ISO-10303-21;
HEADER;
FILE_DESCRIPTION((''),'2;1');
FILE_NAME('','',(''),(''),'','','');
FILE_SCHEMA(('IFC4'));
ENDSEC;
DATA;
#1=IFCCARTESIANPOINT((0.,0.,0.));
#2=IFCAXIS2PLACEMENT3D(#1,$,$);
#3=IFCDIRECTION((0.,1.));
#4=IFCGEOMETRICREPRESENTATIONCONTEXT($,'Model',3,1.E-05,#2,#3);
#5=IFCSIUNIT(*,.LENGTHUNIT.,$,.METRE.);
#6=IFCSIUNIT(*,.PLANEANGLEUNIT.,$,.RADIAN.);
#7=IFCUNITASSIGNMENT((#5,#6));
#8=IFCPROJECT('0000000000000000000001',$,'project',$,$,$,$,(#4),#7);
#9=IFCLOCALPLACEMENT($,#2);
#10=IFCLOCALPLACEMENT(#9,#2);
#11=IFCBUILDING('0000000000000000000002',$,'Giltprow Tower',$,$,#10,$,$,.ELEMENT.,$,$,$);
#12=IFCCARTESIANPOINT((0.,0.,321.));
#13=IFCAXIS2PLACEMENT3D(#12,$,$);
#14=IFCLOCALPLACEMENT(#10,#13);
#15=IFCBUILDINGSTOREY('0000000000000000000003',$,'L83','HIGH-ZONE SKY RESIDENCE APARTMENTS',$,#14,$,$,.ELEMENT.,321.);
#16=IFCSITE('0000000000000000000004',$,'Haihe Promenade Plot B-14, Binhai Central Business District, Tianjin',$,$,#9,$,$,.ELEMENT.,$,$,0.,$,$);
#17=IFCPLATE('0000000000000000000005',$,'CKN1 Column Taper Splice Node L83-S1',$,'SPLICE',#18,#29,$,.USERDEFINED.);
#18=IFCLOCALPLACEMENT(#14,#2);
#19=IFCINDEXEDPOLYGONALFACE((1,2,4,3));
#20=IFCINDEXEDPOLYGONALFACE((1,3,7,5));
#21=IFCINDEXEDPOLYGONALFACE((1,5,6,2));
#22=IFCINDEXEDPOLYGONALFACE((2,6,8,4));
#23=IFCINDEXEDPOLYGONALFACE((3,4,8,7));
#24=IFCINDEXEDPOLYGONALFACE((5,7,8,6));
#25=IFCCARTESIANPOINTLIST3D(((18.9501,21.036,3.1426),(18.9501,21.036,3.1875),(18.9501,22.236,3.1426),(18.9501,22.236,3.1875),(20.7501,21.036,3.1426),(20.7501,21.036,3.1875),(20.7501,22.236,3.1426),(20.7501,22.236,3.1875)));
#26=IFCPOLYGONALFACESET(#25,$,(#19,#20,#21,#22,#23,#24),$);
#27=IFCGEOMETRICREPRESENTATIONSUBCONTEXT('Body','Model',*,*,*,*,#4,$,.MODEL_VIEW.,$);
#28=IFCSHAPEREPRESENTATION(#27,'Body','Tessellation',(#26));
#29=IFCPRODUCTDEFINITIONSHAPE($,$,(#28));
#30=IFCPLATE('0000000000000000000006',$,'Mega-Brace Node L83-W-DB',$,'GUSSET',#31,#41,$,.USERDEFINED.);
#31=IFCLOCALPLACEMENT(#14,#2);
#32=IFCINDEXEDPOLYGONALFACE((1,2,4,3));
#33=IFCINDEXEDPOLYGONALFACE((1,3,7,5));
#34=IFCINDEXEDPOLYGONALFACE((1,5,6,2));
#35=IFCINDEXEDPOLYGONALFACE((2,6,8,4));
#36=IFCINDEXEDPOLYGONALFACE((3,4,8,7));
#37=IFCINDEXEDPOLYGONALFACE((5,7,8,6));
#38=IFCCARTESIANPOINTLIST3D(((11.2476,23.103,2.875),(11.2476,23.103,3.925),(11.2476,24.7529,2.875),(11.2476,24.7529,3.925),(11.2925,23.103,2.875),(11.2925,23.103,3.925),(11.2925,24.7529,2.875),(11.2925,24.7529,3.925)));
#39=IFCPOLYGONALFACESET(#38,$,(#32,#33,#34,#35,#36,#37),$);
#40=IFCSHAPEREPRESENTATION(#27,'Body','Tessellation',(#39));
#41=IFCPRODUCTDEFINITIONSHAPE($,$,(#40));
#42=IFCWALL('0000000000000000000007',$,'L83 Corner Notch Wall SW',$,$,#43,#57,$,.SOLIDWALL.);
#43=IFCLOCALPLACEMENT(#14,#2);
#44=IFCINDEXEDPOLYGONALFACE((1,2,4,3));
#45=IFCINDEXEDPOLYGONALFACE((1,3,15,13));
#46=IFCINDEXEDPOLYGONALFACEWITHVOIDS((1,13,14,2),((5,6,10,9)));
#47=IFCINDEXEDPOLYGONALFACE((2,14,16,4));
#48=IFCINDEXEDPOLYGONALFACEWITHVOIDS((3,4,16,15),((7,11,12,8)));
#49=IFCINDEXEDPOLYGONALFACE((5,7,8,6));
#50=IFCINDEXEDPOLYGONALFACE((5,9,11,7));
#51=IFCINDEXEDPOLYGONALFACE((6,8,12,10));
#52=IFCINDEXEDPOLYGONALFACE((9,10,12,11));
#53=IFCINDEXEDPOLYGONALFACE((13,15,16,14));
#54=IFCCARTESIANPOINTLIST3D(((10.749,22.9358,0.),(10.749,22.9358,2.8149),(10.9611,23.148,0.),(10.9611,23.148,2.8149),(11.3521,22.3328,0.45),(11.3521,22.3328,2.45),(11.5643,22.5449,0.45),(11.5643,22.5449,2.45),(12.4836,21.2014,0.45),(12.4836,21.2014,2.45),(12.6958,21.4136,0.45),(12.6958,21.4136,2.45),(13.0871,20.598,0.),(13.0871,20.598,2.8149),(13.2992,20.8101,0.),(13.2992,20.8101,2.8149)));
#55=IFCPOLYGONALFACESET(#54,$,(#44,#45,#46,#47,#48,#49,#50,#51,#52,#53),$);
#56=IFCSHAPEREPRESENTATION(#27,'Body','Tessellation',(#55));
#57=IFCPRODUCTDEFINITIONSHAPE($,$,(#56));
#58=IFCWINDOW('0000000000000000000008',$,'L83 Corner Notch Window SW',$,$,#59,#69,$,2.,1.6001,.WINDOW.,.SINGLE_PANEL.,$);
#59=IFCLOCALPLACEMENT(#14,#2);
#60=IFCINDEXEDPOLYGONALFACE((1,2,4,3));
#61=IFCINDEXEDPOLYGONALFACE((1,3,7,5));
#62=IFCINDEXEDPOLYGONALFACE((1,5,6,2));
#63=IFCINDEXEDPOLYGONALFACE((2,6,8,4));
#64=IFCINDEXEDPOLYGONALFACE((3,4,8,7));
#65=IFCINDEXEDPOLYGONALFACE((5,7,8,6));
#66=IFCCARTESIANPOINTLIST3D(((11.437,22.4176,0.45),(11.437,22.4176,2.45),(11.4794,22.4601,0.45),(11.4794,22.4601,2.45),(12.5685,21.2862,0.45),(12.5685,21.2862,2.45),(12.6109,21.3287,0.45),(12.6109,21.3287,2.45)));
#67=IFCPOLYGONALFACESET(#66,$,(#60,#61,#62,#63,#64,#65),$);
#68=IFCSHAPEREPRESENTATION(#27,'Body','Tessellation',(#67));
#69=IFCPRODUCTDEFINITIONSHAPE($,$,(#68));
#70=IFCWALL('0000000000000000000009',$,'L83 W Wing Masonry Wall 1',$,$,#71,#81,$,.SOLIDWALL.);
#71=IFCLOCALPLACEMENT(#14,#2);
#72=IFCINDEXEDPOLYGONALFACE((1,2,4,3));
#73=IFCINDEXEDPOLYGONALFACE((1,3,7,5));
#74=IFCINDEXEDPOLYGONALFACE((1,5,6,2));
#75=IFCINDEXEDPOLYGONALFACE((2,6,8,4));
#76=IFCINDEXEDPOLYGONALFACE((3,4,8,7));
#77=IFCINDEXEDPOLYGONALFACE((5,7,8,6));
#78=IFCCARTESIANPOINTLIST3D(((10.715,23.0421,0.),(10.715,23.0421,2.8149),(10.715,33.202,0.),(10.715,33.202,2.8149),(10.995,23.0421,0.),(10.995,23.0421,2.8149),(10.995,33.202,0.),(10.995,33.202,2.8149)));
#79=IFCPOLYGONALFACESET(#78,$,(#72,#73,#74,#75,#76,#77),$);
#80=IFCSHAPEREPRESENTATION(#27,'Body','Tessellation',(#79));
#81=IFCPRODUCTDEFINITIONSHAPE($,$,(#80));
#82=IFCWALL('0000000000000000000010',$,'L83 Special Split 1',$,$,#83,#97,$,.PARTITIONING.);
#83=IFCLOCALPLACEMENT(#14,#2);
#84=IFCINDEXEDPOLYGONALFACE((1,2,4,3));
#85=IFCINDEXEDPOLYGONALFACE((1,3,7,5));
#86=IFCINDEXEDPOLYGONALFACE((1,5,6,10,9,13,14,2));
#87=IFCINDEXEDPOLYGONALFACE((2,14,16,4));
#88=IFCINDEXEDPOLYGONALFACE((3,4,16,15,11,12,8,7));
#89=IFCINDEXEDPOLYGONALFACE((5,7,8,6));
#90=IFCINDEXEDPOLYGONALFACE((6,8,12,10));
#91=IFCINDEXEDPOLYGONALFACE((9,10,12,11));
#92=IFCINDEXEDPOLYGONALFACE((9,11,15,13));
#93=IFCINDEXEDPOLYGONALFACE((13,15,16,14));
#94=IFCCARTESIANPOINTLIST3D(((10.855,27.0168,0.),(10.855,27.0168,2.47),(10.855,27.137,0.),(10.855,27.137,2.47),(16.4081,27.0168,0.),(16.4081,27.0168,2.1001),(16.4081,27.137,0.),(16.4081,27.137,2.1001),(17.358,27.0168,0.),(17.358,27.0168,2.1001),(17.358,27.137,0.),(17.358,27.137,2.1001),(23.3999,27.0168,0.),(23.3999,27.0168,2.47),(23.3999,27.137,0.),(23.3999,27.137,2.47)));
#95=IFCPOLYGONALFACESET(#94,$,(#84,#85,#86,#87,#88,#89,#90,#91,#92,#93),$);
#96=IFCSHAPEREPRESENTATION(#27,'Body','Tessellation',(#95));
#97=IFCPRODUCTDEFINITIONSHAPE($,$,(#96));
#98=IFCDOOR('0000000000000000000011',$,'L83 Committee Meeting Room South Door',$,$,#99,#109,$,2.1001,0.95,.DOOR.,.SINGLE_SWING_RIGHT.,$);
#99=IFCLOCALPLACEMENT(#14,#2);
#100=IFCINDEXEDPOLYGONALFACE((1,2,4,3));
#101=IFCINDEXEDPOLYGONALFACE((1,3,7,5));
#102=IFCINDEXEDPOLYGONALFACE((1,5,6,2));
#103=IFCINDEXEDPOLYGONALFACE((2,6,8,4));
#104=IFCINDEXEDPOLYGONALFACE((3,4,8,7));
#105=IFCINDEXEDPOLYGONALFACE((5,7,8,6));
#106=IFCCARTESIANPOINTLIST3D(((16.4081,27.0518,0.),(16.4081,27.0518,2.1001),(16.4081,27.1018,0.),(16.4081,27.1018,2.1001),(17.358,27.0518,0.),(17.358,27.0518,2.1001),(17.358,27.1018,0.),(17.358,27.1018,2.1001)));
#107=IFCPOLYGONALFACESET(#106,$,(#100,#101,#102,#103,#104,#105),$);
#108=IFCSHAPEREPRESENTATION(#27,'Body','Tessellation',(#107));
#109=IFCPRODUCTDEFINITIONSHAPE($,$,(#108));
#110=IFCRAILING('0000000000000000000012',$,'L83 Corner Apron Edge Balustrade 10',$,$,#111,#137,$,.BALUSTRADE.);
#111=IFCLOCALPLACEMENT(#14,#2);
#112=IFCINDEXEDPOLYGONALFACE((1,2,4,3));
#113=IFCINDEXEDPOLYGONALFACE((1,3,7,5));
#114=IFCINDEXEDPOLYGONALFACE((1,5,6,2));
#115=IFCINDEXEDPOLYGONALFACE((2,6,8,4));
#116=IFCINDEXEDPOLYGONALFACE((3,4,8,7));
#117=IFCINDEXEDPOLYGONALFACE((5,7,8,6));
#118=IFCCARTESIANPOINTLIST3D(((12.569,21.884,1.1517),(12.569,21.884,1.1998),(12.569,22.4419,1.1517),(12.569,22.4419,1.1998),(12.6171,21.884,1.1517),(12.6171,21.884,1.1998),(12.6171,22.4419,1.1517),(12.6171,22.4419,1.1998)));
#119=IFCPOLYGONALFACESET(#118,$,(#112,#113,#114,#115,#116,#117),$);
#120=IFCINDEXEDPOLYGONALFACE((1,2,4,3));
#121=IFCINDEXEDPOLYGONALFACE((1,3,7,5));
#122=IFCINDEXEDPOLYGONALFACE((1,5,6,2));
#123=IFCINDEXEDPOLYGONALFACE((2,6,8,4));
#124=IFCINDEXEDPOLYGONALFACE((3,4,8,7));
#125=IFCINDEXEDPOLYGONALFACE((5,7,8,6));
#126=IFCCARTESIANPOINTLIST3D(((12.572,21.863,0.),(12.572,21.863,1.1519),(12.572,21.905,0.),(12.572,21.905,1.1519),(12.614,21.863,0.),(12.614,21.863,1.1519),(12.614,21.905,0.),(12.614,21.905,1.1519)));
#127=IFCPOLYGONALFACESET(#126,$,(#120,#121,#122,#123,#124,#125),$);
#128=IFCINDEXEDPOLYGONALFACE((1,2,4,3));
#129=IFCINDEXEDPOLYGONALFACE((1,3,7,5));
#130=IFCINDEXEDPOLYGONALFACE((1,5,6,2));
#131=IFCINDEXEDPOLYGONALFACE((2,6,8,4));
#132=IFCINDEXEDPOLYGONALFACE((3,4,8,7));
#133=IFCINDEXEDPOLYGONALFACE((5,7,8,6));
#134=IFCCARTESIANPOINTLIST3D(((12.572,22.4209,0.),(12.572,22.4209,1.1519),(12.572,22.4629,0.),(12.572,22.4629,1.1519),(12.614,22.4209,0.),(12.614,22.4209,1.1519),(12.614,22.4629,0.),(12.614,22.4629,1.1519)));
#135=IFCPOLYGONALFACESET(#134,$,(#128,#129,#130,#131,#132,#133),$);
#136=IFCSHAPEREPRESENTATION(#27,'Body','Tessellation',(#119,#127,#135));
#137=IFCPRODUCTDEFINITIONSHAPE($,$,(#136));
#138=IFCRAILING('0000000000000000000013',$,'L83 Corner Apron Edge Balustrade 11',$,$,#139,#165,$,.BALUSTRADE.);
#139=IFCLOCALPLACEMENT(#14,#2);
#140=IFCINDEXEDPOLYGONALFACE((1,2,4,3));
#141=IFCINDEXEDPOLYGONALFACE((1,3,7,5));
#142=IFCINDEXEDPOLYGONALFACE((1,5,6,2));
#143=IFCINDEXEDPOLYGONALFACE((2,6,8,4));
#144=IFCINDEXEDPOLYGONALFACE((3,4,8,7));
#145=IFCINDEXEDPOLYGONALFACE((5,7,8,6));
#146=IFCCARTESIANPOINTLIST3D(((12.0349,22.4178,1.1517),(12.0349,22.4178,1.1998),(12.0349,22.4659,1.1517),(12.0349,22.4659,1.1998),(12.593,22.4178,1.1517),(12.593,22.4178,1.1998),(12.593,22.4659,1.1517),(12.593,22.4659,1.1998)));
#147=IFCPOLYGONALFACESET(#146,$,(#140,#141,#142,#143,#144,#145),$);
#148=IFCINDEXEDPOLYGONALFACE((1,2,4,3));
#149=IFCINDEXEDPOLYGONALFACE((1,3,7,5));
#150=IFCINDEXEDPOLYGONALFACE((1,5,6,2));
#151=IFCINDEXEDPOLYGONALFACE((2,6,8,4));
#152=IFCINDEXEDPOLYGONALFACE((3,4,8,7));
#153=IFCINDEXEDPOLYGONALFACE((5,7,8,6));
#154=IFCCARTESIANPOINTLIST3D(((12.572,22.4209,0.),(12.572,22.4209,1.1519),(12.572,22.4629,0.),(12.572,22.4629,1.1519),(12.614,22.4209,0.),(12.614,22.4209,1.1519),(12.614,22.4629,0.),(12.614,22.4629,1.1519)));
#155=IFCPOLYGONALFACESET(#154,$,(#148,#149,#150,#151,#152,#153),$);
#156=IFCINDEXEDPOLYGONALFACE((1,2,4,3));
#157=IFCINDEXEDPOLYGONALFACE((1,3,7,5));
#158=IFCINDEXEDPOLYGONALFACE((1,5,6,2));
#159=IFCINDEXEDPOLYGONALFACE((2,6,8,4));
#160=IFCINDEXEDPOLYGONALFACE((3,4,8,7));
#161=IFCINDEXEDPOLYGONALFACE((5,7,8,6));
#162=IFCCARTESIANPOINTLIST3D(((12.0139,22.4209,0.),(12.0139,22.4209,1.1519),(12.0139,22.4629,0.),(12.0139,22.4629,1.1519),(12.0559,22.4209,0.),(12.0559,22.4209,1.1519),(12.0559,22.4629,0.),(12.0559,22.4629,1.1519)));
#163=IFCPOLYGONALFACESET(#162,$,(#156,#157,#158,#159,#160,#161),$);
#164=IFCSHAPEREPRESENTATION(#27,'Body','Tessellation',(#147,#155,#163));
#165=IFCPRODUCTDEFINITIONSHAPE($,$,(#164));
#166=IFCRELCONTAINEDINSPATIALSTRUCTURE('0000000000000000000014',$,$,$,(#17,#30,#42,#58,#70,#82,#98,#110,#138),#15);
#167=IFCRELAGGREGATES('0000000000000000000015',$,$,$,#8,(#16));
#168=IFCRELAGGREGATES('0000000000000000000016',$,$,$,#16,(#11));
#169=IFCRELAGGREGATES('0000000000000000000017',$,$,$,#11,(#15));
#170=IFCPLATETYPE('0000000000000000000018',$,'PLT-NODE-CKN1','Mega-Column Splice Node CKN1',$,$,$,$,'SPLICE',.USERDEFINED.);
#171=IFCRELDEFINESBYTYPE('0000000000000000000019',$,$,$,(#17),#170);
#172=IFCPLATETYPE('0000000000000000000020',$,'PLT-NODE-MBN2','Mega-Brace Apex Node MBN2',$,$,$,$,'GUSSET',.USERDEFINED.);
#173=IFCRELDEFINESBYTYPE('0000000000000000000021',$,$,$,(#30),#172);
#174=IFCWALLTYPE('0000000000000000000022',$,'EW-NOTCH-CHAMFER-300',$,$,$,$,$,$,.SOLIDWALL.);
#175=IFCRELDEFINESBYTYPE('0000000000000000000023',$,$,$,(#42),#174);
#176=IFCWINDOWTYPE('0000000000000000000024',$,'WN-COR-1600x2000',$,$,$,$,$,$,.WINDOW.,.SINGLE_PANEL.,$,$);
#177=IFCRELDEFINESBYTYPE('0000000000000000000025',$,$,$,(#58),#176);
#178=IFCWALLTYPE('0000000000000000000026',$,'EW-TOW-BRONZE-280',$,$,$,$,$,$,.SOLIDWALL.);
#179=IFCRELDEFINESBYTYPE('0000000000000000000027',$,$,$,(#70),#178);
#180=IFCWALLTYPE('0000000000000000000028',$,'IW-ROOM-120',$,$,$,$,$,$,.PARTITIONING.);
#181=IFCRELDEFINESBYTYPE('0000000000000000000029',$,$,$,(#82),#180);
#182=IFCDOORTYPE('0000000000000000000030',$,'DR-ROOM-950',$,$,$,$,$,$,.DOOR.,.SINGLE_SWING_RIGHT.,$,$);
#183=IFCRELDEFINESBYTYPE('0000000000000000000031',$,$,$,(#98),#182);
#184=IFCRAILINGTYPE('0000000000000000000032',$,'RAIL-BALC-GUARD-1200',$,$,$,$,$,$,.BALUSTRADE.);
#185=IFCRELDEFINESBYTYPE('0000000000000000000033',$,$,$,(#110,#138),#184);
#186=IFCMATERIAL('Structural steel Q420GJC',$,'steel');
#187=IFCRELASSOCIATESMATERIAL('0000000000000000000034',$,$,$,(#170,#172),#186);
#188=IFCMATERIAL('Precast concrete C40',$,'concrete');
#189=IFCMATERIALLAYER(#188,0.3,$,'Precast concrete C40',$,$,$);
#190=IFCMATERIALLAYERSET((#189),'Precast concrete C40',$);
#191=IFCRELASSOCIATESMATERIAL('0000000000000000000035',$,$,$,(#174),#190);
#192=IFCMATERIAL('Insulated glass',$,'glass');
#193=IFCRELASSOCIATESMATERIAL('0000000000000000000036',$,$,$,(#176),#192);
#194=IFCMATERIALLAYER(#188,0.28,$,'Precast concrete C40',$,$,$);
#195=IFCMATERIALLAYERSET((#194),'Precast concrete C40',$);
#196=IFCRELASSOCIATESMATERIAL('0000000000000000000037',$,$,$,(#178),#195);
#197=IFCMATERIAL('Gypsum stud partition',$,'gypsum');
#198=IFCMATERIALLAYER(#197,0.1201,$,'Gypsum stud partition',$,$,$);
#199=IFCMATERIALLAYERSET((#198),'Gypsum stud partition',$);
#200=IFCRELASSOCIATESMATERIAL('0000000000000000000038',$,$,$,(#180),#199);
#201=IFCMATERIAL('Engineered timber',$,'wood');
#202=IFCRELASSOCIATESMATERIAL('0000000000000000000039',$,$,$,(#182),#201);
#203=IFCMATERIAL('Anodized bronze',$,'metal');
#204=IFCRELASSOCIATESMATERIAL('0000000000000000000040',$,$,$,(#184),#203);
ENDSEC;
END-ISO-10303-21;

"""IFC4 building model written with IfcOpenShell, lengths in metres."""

from ifc_helpers import new_model, si_unit, direction, frame, frame_2d, origin, origin_2d, place, context, subcontext, project, spatial, rectangle, extrude, source, transform, mapped, material, layer, layer_set, type_object, element, fill, save


model = new_model("IFC4")

# Units and contexts
model_context = context("Model", 3, precision=1e-05, world=origin(), true_north=direction((0.0, 1.0)))
body_context = subcontext(model_context, "Body", "Model", "MODEL_VIEW")
ifc_project = project(units=[si_unit("LENGTHUNIT", "METRE"), si_unit("PLANEANGLEUNIT", "RADIAN")], contexts=[model_context])

# Site, building, storey
site_placement = place(None, origin())
site = spatial("IfcSite", under=ifc_project, at=site_placement, Name="Haihe Promenade Plot B-14, Binhai Central Business District, Tianjin", CompositionType="ELEMENT", RefElevation=0.0)
building_placement = place(site_placement, origin())
building = spatial("IfcBuilding", under=site, at=building_placement, Name="Giltprow Tower", CompositionType="ELEMENT")
storey_placement = place(building_placement, frame((0.0, 0.0, 321.0)))
storey = spatial("IfcBuildingStorey", under=building, at=storey_placement, Name="L83", Description="HIGH-ZONE SKY RESIDENCE APARTMENTS", CompositionType="ELEMENT", Elevation=321.0)

# Shared definitions
ifc_material_1 = material(Name="Structural steel Q420GJC", Category="steel")

# Plates
plate_type_1 = type_object("IfcPlateType", Name="PLT-NODE-CKN1", Description="Mega-Column Splice Node CKN1", ElementType="SPLICE", PredefinedType="USERDEFINED", material=ifc_material_1)
shared_shape_1 = source(origin(), body_context, "Body", "SweptSolid", [
    extrude(rectangle(XDim=1.8, YDim=1.2, at=origin_2d()), origin(), (0.0, 0.0, 1.0), 0.0449),
])
for number, where, z_axis, x_axis, name in (
    (1, (19.8501, 21.636, 3.1426), (0.0, 0.0, 1.0), (1.0, 0.0, 0.0), "CKN1 Column Taper Splice Node L83-S1"),
):
    element("IfcPlate", number, at=place(storey_placement, frame(where, z_axis=z_axis, x_axis=x_axis)), inside=storey, type_object=plate_type_1, Name=name, ObjectType="SPLICE", PredefinedType="USERDEFINED", context=body_context, shape_type="MappedRepresentation", body=[
        mapped(shared_shape_1, transform((0.0, 0.0, 0.0), x_axis=(1.0, 0.0, 0.0), y_axis=(0.0, 1.0, 0.0), z_axis=(0.0, 0.0, 1.0), scale=1.0)),
    ])
plate_type_2 = type_object("IfcPlateType", Name="PLT-NODE-MBN2", Description="Mega-Brace Apex Node MBN2", ElementType="GUSSET", PredefinedType="USERDEFINED", material=ifc_material_1)
shared_shape_2 = source(origin(), body_context, "Body", "SweptSolid", [
    extrude(rectangle(XDim=1.6499, YDim=0.0449, at=origin_2d()), origin(), (0.0, 0.0, 1.0), 1.05),
])
plate_placement = place(storey_placement, frame((11.27, 23.928, 2.875), z_axis=(0.0, 0.0, 1.0), x_axis=(0.0, 1.0, 0.0)))
element("IfcPlate", 2, at=plate_placement, inside=storey, type_object=plate_type_2, Name="Mega-Brace Node L83-W-DB", ObjectType="GUSSET", PredefinedType="USERDEFINED", context=body_context, shape_type="MappedRepresentation", body=[
    mapped(shared_shape_2, transform((0.0, 0.0, 0.0), x_axis=(1.0, 0.0, 0.0), y_axis=(0.0, 1.0, 0.0), z_axis=(0.0, 0.0, 1.0), scale=1.0)),
])

# Wall, opening, window
ifc_material_2 = material(Name="Precast concrete C40", Category="concrete")
ifc_layer_1 = layer(ifc_material_2, 0.3, Name="Precast concrete C40")
ifc_layer_set_1 = layer_set([ifc_layer_1], Name="Precast concrete C40")
wall_type_1 = type_object("IfcWallType", Name="EW-NOTCH-CHAMFER-300", PredefinedType="SOLIDWALL", material=ifc_layer_set_1)
wall_1_placement = place(storey_placement, frame((10.855, 23.042, 0.0), z_axis=(0.0, 0.0, 1.0), x_axis=(0.707144, -0.70707, 0.0)))
wall_1 = element("IfcWall", 3, at=wall_1_placement, inside=storey, type_object=wall_type_1, Name="L83 Corner Notch Wall SW", PredefinedType="SOLIDWALL", context=body_context, shape_type="SweptSolid", body=[
    extrude(rectangle(XDim=3.3064, YDim=0.3, at=frame_2d((1.6533, 0.0))), origin(), (0.0, 0.0, 1.0), 2.8149),
])
opening_1_placement = place(wall_1_placement, frame((0.853, 0.0, 0.45)))
opening_1 = element("IfcOpeningElement", 4, at=opening_1_placement, cuts=wall_1, PredefinedType="OPENING", context=body_context, shape_type="SweptSolid", body=[
    extrude(rectangle(XDim=1.6001, YDim=2.0, at=frame_2d((0.8, 1.0))), frame((0.0, 0.1599, 0.0), z_axis=(0.0, -1.0, 0.0), x_axis=(1.0, 0.0, 0.0)), (0.0, 0.0, 1.0), 0.3201),
])
ifc_material_3 = material(Name="Insulated glass", Category="glass")
window_type = type_object("IfcWindowType", Name="WN-COR-1600x2000", PartitioningType="SINGLE_PANEL", PredefinedType="WINDOW", material=ifc_material_3)
shared_shape_3 = source(origin(), body_context, "Body", "SweptSolid", [
    extrude(rectangle(XDim=1.6001, YDim=2.0, at=frame_2d((0.8, 1.0))), frame((0.0, 0.03, 0.0), z_axis=(0.0, -1.0, 0.0), x_axis=(1.0, 0.0, 0.0)), (0.0, 0.0, 1.0), 0.0601),
])
window_placement = place(opening_1_placement, origin())
window = element("IfcWindow", 5, at=window_placement, inside=storey, type_object=window_type, Name="L83 Corner Notch Window SW", OverallHeight=2.0, OverallWidth=1.6001, PartitioningType="SINGLE_PANEL", PredefinedType="WINDOW", context=body_context, shape_type="MappedRepresentation", body=[
    mapped(shared_shape_3, transform((0.0, 0.0, 0.0), x_axis=(1.0, 0.0, 0.0), y_axis=(0.0, 1.0, 0.0), z_axis=(0.0, 0.0, 1.0), scale=1.0)),
])
fill(opening_1, window)

# Wall
ifc_layer_2 = layer(ifc_material_2, 0.28, Name="Precast concrete C40")
ifc_layer_set_2 = layer_set([ifc_layer_2], Name="Precast concrete C40")
wall_type_2 = type_object("IfcWallType", Name="EW-TOW-BRONZE-280", PredefinedType="SOLIDWALL", material=ifc_layer_set_2)
wall_2_placement = place(storey_placement, frame((10.855, 23.042, 0.0), z_axis=(0.0, 0.0, 1.0), x_axis=(0.0, 1.0, 0.0)))
element("IfcWall", 6, at=wall_2_placement, inside=storey, type_object=wall_type_2, Name="L83 W Wing Masonry Wall 1", PredefinedType="SOLIDWALL", context=body_context, shape_type="SweptSolid", body=[
    extrude(rectangle(XDim=10.1599, YDim=0.28, at=frame_2d((5.0801, 0.0))), origin(), (0.0, 0.0, 1.0), 2.8149),
])

# Wall, opening, door
ifc_material_4 = material(Name="Gypsum stud partition", Category="gypsum")
ifc_layer_3 = layer(ifc_material_4, 0.1201, Name="Gypsum stud partition")
ifc_layer_set_3 = layer_set([ifc_layer_3], Name="Gypsum stud partition")
wall_type_3 = type_object("IfcWallType", Name="IW-ROOM-120", PredefinedType="PARTITIONING", material=ifc_layer_set_3)
wall_3_placement = place(storey_placement, frame((10.855, 27.0769, 0.0), z_axis=(0.0, 0.0, 1.0), x_axis=(1.0, 0.0, 0.0)))
wall_3 = element("IfcWall", 7, at=wall_3_placement, inside=storey, type_object=wall_type_3, Name="L83 Special Split 1", PredefinedType="PARTITIONING", context=body_context, shape_type="SweptSolid", body=[
    extrude(rectangle(XDim=12.5449, YDim=0.1201, at=frame_2d((6.2725, 0.0))), origin(), (0.0, 0.0, 1.0), 2.47),
])
opening_2_placement = place(wall_3_placement, frame((5.553, 0.0, 0.0)))
opening_2 = element("IfcOpeningElement", 8, at=opening_2_placement, cuts=wall_3, PredefinedType="OPENING", context=body_context, shape_type="SweptSolid", body=[
    extrude(rectangle(XDim=0.95, YDim=2.1001, at=frame_2d((0.4751, 1.05))), frame((0.0, 0.0701, 0.0), z_axis=(0.0, -1.0, 0.0), x_axis=(1.0, 0.0, 0.0)), (0.0, 0.0, 1.0), 0.1401),
])
ifc_material_5 = material(Name="Engineered timber", Category="wood")
door_type = type_object("IfcDoorType", Name="DR-ROOM-950", OperationType="SINGLE_SWING_RIGHT", PredefinedType="DOOR", material=ifc_material_5)
shared_shape_4 = source(origin(), body_context, "Body", "SweptSolid", [
    extrude(rectangle(XDim=0.95, YDim=2.1001, at=frame_2d((0.4751, 1.05))), frame((0.0, 0.0249, 0.0), z_axis=(0.0, -1.0, 0.0), x_axis=(1.0, 0.0, 0.0)), (0.0, 0.0, 1.0), 0.05),
])
door_placement = place(opening_2_placement, origin())
door = element("IfcDoor", 9, at=door_placement, inside=storey, type_object=door_type, Name="L83 Committee Meeting Room South Door", OperationType="SINGLE_SWING_RIGHT", OverallHeight=2.1001, OverallWidth=0.95, PredefinedType="DOOR", context=body_context, shape_type="MappedRepresentation", body=[
    mapped(shared_shape_4, transform((0.0, 0.0, 0.0), x_axis=(1.0, 0.0, 0.0), y_axis=(0.0, 1.0, 0.0), z_axis=(0.0, 0.0, 1.0), scale=1.0)),
])
fill(opening_2, door)

# Railings
ifc_material_6 = material(Name="Anodized bronze", Category="metal")
railing_type = type_object("IfcRailingType", Name="RAIL-BALC-GUARD-1200", PredefinedType="BALUSTRADE", material=ifc_material_6)
railing_1_placement = place(storey_placement, frame((12.593, 21.884, 0.0)))
element("IfcRailing", 10, at=railing_1_placement, inside=storey, type_object=railing_type, Name="L83 Corner Apron Edge Balustrade 10", PredefinedType="BALUSTRADE", context=body_context, shape_type="SweptSolid", body=[
    extrude(rectangle(XDim=0.0481, YDim=0.0481, at=origin_2d()), frame((0.0, 0.0, 1.1758), z_axis=(0.0, 1.0, 0.0), x_axis=(-1.0, 0.0, 0.0)), (0.0, 0.0, 1.0), 0.5579),
    extrude(rectangle(XDim=0.042, YDim=0.042, at=origin_2d()), origin(), (0.0, 0.0, 1.0), 1.1519),
    extrude(rectangle(XDim=0.042, YDim=0.042, at=origin_2d()), frame((0.0, 0.5579, 0.0)), (0.0, 0.0, 1.0), 1.1519),
])
railing_2_placement = place(storey_placement, frame((12.593, 22.4419, 0.0)))
element("IfcRailing", 11, at=railing_2_placement, inside=storey, type_object=railing_type, Name="L83 Corner Apron Edge Balustrade 11", PredefinedType="BALUSTRADE", context=body_context, shape_type="SweptSolid", body=[
    extrude(rectangle(XDim=0.0481, YDim=0.0481, at=origin_2d()), frame((0.0, 0.0, 1.1758), z_axis=(-1.0, 0.0, 0.0), x_axis=(0.0, -1.0, 0.0)), (0.0, 0.0, 1.0), 0.5581),
    extrude(rectangle(XDim=0.042, YDim=0.042, at=origin_2d()), origin(), (0.0, 0.0, 1.0), 1.1519),
    extrude(rectangle(XDim=0.042, YDim=0.042, at=origin_2d()), frame((-0.5581, 0.0, 0.0)), (0.0, 0.0, 1.0), 1.1519),
])

save(model, "model.ifc")
